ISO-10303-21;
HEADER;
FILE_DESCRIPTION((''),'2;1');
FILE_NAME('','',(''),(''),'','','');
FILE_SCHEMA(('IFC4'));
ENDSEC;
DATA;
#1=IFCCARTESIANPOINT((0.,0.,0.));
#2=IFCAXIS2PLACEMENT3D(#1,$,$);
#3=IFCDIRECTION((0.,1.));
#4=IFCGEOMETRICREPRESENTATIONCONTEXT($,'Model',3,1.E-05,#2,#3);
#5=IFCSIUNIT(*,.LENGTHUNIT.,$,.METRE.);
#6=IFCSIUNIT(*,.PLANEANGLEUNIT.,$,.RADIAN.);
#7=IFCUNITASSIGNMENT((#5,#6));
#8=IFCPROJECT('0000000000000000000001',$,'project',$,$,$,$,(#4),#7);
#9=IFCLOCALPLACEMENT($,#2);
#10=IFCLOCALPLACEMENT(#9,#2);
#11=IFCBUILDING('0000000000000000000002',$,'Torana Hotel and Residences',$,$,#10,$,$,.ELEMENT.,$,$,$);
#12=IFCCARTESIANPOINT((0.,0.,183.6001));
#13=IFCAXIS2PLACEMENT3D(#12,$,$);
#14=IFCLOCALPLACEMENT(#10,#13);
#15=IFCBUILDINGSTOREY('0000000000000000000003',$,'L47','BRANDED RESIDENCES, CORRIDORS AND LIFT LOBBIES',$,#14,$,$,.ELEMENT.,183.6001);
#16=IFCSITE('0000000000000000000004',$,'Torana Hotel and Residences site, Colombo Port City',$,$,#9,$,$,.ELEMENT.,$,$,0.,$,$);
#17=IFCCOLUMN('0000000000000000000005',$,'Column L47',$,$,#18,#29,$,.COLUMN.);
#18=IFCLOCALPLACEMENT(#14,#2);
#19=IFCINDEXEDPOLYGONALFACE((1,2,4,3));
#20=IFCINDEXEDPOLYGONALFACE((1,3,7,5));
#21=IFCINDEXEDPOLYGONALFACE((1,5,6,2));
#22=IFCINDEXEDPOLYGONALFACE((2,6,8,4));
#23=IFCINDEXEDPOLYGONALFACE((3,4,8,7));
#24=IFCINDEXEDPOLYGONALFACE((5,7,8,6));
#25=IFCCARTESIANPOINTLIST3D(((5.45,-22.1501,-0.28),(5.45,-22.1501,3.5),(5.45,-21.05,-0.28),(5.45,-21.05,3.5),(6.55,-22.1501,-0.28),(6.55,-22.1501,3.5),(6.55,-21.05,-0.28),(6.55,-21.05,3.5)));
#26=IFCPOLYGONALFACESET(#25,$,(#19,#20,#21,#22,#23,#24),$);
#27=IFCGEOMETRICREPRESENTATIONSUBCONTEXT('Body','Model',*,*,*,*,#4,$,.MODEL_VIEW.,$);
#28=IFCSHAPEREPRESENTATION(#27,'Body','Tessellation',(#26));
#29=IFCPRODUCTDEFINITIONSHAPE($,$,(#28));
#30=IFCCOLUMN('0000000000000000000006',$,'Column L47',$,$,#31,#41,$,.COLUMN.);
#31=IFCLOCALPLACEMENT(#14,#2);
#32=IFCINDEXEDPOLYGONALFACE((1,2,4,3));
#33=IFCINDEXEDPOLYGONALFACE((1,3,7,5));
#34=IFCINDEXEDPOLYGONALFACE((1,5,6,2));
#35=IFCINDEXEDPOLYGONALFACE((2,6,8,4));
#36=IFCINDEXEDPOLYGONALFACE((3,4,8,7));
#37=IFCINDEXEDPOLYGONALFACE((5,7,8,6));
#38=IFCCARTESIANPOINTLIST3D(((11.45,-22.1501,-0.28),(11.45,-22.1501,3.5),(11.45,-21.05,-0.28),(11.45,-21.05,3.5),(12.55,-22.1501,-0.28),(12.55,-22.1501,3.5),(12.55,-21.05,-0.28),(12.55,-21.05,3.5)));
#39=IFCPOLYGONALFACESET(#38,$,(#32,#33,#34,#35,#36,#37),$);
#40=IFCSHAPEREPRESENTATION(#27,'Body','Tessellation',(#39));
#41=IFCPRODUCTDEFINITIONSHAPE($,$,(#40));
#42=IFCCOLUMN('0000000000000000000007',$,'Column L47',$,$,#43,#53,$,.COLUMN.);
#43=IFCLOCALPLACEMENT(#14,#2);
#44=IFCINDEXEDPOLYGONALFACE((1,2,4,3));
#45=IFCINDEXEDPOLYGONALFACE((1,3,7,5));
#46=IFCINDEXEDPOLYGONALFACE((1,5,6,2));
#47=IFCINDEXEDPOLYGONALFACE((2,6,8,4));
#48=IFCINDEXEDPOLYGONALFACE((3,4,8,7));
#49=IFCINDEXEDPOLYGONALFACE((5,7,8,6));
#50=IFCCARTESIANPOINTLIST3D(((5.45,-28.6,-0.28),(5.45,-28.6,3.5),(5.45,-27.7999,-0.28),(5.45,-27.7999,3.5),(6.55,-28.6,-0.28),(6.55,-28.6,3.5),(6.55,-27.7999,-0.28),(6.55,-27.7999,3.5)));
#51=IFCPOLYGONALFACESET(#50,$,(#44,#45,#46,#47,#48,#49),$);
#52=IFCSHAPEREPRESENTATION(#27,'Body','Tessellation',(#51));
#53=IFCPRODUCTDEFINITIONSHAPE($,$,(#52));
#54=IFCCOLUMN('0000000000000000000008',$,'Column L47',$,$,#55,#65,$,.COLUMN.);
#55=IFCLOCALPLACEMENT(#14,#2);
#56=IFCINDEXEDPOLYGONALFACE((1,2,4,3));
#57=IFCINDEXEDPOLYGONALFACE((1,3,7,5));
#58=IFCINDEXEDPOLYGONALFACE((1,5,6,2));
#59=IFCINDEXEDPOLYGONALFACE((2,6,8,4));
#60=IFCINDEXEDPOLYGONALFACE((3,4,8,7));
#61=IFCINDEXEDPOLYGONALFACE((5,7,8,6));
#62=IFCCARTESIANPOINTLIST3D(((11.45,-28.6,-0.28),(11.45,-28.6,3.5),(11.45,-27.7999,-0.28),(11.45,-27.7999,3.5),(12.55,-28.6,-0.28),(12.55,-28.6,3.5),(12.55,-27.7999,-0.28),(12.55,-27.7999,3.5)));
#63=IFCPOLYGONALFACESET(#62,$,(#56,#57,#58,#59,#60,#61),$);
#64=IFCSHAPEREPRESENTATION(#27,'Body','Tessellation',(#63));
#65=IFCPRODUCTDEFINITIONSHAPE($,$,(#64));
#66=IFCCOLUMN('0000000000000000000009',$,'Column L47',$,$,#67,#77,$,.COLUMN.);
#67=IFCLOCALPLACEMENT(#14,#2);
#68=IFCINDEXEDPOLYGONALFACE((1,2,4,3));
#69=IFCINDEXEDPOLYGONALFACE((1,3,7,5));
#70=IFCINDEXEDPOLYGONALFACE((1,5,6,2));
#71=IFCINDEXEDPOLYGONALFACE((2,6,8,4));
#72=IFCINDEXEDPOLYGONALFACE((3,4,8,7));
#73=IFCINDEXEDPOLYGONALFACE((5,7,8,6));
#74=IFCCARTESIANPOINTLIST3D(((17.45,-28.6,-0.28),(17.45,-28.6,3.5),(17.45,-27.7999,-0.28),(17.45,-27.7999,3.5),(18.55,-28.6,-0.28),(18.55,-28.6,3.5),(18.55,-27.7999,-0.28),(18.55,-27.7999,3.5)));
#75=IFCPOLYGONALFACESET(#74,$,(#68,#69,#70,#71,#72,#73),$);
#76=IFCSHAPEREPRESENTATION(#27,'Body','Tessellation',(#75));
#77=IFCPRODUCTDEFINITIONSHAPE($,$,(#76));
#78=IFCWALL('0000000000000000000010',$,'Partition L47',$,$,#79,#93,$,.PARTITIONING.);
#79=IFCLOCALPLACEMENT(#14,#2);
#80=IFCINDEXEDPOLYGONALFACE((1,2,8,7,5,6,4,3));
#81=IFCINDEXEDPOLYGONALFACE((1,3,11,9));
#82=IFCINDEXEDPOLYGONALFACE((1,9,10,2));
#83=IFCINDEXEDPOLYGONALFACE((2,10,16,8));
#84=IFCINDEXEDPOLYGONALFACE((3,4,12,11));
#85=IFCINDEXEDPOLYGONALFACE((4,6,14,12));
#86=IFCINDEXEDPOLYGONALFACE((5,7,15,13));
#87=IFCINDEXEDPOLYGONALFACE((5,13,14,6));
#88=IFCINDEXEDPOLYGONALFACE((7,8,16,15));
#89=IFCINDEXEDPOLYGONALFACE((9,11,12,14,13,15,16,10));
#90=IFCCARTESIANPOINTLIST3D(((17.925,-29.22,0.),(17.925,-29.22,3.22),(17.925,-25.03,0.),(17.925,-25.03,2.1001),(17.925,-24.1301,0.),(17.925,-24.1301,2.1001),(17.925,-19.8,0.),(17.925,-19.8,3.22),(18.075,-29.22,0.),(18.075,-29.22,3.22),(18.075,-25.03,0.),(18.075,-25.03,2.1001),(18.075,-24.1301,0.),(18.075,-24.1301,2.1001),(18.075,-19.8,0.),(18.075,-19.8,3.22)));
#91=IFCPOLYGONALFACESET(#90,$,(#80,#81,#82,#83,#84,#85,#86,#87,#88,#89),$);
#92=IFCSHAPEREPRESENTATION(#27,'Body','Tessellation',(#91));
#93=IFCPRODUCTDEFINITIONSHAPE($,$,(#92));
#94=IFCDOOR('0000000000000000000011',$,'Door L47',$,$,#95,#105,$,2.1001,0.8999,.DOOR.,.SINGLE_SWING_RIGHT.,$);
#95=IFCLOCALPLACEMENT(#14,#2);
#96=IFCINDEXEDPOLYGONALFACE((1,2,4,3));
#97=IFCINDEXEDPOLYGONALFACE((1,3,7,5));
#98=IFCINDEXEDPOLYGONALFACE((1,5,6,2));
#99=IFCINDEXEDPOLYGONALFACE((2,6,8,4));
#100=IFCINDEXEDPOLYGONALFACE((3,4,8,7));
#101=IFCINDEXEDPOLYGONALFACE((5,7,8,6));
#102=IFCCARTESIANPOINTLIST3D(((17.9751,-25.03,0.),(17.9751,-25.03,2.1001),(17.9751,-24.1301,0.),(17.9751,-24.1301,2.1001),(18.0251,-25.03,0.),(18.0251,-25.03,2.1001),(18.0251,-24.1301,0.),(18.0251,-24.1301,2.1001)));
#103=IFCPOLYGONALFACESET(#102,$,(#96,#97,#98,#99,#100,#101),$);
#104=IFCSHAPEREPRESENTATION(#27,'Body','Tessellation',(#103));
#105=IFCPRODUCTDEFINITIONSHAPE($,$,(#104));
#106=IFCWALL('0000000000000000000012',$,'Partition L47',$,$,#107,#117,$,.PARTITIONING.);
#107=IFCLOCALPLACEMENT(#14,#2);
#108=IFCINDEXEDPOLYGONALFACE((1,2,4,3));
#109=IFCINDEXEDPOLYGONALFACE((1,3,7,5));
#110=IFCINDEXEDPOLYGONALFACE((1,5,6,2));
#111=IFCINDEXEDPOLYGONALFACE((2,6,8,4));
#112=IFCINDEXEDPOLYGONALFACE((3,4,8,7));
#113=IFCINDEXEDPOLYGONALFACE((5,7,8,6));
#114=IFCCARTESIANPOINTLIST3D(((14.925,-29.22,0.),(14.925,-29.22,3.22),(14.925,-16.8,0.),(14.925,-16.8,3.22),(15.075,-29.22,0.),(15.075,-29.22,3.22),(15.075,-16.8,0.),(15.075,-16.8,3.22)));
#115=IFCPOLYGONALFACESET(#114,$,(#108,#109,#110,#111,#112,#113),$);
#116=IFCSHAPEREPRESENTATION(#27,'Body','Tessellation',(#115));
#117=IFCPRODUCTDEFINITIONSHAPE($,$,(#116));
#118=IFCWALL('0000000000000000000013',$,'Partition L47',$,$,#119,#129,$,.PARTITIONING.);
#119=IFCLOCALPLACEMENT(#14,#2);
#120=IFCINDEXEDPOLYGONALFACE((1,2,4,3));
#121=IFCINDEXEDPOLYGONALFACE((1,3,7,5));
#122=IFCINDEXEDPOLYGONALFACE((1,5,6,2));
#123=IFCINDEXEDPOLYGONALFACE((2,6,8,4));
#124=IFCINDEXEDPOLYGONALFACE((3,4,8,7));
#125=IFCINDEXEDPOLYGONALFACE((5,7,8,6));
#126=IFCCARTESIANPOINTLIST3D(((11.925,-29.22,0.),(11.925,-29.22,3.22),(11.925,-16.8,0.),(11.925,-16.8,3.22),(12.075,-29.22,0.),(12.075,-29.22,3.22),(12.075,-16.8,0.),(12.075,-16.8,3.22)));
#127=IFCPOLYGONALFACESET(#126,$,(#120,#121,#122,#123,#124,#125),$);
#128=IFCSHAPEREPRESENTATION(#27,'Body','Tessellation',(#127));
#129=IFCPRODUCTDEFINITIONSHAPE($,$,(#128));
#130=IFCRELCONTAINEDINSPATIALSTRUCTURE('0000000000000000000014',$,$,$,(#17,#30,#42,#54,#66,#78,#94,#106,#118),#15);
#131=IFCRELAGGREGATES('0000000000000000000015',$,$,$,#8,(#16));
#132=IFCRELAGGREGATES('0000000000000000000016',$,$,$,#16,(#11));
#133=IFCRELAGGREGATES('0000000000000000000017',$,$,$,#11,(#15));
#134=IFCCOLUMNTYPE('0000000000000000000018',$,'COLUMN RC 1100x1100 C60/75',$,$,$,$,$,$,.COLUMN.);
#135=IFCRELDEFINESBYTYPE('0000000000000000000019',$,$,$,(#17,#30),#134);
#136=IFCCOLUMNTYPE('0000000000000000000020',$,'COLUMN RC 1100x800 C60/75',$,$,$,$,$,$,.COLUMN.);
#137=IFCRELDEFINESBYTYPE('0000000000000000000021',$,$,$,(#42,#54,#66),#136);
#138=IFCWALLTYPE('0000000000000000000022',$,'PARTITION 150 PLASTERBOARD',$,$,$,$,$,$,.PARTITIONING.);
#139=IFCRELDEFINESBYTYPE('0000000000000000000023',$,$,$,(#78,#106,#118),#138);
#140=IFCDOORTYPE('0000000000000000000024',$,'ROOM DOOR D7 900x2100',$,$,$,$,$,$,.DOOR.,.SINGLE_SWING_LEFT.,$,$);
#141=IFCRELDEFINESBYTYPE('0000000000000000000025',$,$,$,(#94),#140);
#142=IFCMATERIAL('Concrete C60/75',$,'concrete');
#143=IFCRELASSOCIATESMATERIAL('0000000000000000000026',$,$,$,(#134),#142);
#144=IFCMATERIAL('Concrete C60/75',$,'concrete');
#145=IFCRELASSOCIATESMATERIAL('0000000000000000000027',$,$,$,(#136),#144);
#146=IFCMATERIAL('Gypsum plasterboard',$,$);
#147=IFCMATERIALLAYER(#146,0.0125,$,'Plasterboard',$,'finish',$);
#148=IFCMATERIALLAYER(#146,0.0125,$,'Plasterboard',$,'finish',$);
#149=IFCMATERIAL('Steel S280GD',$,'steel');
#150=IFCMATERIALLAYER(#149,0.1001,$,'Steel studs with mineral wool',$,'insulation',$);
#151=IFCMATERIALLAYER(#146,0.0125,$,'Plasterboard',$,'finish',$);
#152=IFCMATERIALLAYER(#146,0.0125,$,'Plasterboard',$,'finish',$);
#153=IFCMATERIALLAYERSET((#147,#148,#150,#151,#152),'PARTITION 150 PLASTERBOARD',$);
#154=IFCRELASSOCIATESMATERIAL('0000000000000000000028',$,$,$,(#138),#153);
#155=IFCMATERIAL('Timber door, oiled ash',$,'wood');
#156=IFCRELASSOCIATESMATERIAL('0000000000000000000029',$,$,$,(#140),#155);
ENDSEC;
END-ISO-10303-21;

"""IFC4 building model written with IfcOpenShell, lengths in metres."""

from ifc_helpers import new_model, si_unit, direction, frame, frame_2d, origin, origin_2d, place, context, subcontext, project, spatial, rectangle, extrude, material, layer, layer_set, material_profile, profile_set, type_object, element, fill, save


model = new_model("IFC4")

# Units and contexts
model_context = context("Model", 3, precision=1e-05, world=origin(), true_north=direction((0.0, 1.0)))
body_context = subcontext(model_context, "Body", "Model", "MODEL_VIEW")
ifc_project = project(units=[si_unit("LENGTHUNIT", "METRE"), si_unit("PLANEANGLEUNIT", "RADIAN")], contexts=[model_context])

# Site, building, storey
site_placement = place(None, origin())
site = spatial("IfcSite", under=ifc_project, at=site_placement, Name="Torana Hotel and Residences site, Colombo Port City", CompositionType="ELEMENT", RefElevation=0.0)
building_placement = place(site_placement, origin())
building = spatial("IfcBuilding", under=site, at=building_placement, Name="Torana Hotel and Residences", CompositionType="ELEMENT")
storey_placement = place(building_placement, frame((0.0, 0.0, 183.6001)))
storey = spatial("IfcBuildingStorey", under=building, at=storey_placement, Name="L47", Description="BRANDED RESIDENCES, CORRIDORS AND LIFT LOBBIES", CompositionType="ELEMENT", Elevation=183.6001)

# Columns
ifc_material_1 = material(Name="Concrete C60/75", Category="concrete")
ifc_material_profile_1 = material_profile(ifc_material_1, rectangle(XDim=1.1001, YDim=1.1001, at=origin_2d()), Name="RC 1100x1100")
ifc_profile_set_1 = profile_set([ifc_material_profile_1], Name="Concrete C60/75")
column_type_1 = type_object("IfcColumnType", Name="COLUMN RC 1100x1100 C60/75", PredefinedType="COLUMN", material=ifc_profile_set_1)
for number, where, z_axis, x_axis, name in (
    (1, (6.0, -21.6001, -0.28), (0.0, 0.0, 1.0), (1.0, 0.0, 0.0), "Column L47"),
    (2, (12.0, -21.6001, -0.28), (0.0, 0.0, 1.0), (1.0, 0.0, 0.0), "Column L47"),
):
    element("IfcColumn", number, at=place(storey_placement, frame(where, z_axis=z_axis, x_axis=x_axis)), inside=storey, type_object=column_type_1, Name=name, PredefinedType="COLUMN", context=body_context, shape_type="SweptSolid", body=[
        extrude(rectangle(XDim=1.1001, YDim=1.1001, at=origin_2d()), origin(), (0.0, 0.0, 1.0), 3.78),
    ])
ifc_material_2 = material(Name="Concrete C60/75", Category="concrete")
ifc_material_profile_2 = material_profile(ifc_material_2, rectangle(XDim=1.1001, YDim=0.8, at=origin_2d()), Name="RC 1100x800")
ifc_profile_set_2 = profile_set([ifc_material_profile_2], Name="Concrete C60/75")
column_type_2 = type_object("IfcColumnType", Name="COLUMN RC 1100x800 C60/75", PredefinedType="COLUMN", material=ifc_profile_set_2)
for number, where, z_axis, x_axis, name in (
    (3, (6.0, -28.2, -0.28), (0.0, 0.0, 1.0), (1.0, 0.0, 0.0), "Column L47"),
    (4, (12.0, -28.2, -0.28), (0.0, 0.0, 1.0), (1.0, 0.0, 0.0), "Column L47"),
    (5, (18.0, -28.2, -0.28), (0.0, 0.0, 1.0), (1.0, 0.0, 0.0), "Column L47"),
):
    element("IfcColumn", number, at=place(storey_placement, frame(where, z_axis=z_axis, x_axis=x_axis)), inside=storey, type_object=column_type_2, Name=name, PredefinedType="COLUMN", context=body_context, shape_type="SweptSolid", body=[
        extrude(rectangle(XDim=1.1001, YDim=0.8, at=origin_2d()), origin(), (0.0, 0.0, 1.0), 3.78),
    ])

# Wall, opening, door
ifc_material_3 = material(Name="Gypsum plasterboard")
ifc_layer_1 = layer(ifc_material_3, 0.0125, Name="Plasterboard", Category="finish")
ifc_layer_2 = layer(ifc_material_3, 0.0125, Name="Plasterboard", Category="finish")
ifc_material_4 = material(Name="Steel S280GD", Category="steel")
ifc_layer_3 = layer(ifc_material_4, 0.1001, Name="Steel studs with mineral wool", Category="insulation")
ifc_layer_4 = layer(ifc_material_3, 0.0125, Name="Plasterboard", Category="finish")
ifc_layer_5 = layer(ifc_material_3, 0.0125, Name="Plasterboard", Category="finish")
ifc_layer_set = layer_set([ifc_layer_1, ifc_layer_2, ifc_layer_3, ifc_layer_4, ifc_layer_5], Name="PARTITION 150 PLASTERBOARD")
wall_type = type_object("IfcWallType", Name="PARTITION 150 PLASTERBOARD", PredefinedType="PARTITIONING", material=ifc_layer_set)
wall_placement = place(storey_placement, frame((18.0, -29.22, 0.0), z_axis=(0.0, 0.0, 1.0), x_axis=(0.0, 1.0, 0.0)))
wall = element("IfcWall", 6, at=wall_placement, inside=storey, type_object=wall_type, Name="Partition L47", PredefinedType="PARTITIONING", context=body_context, shape_type="SweptSolid", body=[
    extrude(rectangle(XDim=9.4199, YDim=0.1499, at=frame_2d((4.71, 0.0))), origin(), (0.0, 0.0, 1.0), 3.22),
])
opening_placement = place(wall_placement, frame((4.1899, 0.0, 0.0)))
opening = element("IfcOpeningElement", 7, at=opening_placement, cuts=wall, PredefinedType="OPENING", context=body_context, shape_type="SweptSolid", body=[
    extrude(rectangle(XDim=0.8999, YDim=2.1001, at=frame_2d((0.45, 1.05))), frame((0.0, 0.085, 0.0), z_axis=(0.0, -1.0, 0.0), x_axis=(1.0, 0.0, 0.0)), (0.0, 0.0, 1.0), 0.1699),
])
ifc_material_5 = material(Name="Timber door, oiled ash", Category="wood")
door_type = type_object("IfcDoorType", Name="ROOM DOOR D7 900x2100", OperationType="SINGLE_SWING_LEFT", PredefinedType="DOOR", material=ifc_material_5)
door_placement = place(opening_placement, origin())
door = element("IfcDoor", 8, at=door_placement, inside=storey, type_object=door_type, Name="Door L47", OperationType="SINGLE_SWING_RIGHT", OverallHeight=2.1001, OverallWidth=0.8999, PredefinedType="DOOR", context=body_context, shape_type="SweptSolid", body=[
    extrude(rectangle(XDim=0.8999, YDim=2.1001, at=frame_2d((0.45, 1.05))), frame((0.0, 0.0249, 0.0), z_axis=(0.0, -1.0, 0.0), x_axis=(1.0, 0.0, 0.0)), (0.0, 0.0, 1.0), 0.05),
])
fill(opening, door)

# Walls
for number, where, z_axis, x_axis, name in (
    (9, (15.0, -29.22, 0.0), (0.0, 0.0, 1.0), (0.0, 1.0, 0.0), "Partition L47"),
    (10, (12.0, -29.22, 0.0), (0.0, 0.0, 1.0), (0.0, 1.0, 0.0), "Partition L47"),
):
    element("IfcWall", number, at=place(storey_placement, frame(where, z_axis=z_axis, x_axis=x_axis)), inside=storey, type_object=wall_type, Name=name, PredefinedType="PARTITIONING", context=body_context, shape_type="SweptSolid", body=[
        extrude(rectangle(XDim=12.4199, YDim=0.1499, at=frame_2d((6.21, 0.0))), origin(), (0.0, 0.0, 1.0), 3.22),
    ])

save(model, "model.ifc")
